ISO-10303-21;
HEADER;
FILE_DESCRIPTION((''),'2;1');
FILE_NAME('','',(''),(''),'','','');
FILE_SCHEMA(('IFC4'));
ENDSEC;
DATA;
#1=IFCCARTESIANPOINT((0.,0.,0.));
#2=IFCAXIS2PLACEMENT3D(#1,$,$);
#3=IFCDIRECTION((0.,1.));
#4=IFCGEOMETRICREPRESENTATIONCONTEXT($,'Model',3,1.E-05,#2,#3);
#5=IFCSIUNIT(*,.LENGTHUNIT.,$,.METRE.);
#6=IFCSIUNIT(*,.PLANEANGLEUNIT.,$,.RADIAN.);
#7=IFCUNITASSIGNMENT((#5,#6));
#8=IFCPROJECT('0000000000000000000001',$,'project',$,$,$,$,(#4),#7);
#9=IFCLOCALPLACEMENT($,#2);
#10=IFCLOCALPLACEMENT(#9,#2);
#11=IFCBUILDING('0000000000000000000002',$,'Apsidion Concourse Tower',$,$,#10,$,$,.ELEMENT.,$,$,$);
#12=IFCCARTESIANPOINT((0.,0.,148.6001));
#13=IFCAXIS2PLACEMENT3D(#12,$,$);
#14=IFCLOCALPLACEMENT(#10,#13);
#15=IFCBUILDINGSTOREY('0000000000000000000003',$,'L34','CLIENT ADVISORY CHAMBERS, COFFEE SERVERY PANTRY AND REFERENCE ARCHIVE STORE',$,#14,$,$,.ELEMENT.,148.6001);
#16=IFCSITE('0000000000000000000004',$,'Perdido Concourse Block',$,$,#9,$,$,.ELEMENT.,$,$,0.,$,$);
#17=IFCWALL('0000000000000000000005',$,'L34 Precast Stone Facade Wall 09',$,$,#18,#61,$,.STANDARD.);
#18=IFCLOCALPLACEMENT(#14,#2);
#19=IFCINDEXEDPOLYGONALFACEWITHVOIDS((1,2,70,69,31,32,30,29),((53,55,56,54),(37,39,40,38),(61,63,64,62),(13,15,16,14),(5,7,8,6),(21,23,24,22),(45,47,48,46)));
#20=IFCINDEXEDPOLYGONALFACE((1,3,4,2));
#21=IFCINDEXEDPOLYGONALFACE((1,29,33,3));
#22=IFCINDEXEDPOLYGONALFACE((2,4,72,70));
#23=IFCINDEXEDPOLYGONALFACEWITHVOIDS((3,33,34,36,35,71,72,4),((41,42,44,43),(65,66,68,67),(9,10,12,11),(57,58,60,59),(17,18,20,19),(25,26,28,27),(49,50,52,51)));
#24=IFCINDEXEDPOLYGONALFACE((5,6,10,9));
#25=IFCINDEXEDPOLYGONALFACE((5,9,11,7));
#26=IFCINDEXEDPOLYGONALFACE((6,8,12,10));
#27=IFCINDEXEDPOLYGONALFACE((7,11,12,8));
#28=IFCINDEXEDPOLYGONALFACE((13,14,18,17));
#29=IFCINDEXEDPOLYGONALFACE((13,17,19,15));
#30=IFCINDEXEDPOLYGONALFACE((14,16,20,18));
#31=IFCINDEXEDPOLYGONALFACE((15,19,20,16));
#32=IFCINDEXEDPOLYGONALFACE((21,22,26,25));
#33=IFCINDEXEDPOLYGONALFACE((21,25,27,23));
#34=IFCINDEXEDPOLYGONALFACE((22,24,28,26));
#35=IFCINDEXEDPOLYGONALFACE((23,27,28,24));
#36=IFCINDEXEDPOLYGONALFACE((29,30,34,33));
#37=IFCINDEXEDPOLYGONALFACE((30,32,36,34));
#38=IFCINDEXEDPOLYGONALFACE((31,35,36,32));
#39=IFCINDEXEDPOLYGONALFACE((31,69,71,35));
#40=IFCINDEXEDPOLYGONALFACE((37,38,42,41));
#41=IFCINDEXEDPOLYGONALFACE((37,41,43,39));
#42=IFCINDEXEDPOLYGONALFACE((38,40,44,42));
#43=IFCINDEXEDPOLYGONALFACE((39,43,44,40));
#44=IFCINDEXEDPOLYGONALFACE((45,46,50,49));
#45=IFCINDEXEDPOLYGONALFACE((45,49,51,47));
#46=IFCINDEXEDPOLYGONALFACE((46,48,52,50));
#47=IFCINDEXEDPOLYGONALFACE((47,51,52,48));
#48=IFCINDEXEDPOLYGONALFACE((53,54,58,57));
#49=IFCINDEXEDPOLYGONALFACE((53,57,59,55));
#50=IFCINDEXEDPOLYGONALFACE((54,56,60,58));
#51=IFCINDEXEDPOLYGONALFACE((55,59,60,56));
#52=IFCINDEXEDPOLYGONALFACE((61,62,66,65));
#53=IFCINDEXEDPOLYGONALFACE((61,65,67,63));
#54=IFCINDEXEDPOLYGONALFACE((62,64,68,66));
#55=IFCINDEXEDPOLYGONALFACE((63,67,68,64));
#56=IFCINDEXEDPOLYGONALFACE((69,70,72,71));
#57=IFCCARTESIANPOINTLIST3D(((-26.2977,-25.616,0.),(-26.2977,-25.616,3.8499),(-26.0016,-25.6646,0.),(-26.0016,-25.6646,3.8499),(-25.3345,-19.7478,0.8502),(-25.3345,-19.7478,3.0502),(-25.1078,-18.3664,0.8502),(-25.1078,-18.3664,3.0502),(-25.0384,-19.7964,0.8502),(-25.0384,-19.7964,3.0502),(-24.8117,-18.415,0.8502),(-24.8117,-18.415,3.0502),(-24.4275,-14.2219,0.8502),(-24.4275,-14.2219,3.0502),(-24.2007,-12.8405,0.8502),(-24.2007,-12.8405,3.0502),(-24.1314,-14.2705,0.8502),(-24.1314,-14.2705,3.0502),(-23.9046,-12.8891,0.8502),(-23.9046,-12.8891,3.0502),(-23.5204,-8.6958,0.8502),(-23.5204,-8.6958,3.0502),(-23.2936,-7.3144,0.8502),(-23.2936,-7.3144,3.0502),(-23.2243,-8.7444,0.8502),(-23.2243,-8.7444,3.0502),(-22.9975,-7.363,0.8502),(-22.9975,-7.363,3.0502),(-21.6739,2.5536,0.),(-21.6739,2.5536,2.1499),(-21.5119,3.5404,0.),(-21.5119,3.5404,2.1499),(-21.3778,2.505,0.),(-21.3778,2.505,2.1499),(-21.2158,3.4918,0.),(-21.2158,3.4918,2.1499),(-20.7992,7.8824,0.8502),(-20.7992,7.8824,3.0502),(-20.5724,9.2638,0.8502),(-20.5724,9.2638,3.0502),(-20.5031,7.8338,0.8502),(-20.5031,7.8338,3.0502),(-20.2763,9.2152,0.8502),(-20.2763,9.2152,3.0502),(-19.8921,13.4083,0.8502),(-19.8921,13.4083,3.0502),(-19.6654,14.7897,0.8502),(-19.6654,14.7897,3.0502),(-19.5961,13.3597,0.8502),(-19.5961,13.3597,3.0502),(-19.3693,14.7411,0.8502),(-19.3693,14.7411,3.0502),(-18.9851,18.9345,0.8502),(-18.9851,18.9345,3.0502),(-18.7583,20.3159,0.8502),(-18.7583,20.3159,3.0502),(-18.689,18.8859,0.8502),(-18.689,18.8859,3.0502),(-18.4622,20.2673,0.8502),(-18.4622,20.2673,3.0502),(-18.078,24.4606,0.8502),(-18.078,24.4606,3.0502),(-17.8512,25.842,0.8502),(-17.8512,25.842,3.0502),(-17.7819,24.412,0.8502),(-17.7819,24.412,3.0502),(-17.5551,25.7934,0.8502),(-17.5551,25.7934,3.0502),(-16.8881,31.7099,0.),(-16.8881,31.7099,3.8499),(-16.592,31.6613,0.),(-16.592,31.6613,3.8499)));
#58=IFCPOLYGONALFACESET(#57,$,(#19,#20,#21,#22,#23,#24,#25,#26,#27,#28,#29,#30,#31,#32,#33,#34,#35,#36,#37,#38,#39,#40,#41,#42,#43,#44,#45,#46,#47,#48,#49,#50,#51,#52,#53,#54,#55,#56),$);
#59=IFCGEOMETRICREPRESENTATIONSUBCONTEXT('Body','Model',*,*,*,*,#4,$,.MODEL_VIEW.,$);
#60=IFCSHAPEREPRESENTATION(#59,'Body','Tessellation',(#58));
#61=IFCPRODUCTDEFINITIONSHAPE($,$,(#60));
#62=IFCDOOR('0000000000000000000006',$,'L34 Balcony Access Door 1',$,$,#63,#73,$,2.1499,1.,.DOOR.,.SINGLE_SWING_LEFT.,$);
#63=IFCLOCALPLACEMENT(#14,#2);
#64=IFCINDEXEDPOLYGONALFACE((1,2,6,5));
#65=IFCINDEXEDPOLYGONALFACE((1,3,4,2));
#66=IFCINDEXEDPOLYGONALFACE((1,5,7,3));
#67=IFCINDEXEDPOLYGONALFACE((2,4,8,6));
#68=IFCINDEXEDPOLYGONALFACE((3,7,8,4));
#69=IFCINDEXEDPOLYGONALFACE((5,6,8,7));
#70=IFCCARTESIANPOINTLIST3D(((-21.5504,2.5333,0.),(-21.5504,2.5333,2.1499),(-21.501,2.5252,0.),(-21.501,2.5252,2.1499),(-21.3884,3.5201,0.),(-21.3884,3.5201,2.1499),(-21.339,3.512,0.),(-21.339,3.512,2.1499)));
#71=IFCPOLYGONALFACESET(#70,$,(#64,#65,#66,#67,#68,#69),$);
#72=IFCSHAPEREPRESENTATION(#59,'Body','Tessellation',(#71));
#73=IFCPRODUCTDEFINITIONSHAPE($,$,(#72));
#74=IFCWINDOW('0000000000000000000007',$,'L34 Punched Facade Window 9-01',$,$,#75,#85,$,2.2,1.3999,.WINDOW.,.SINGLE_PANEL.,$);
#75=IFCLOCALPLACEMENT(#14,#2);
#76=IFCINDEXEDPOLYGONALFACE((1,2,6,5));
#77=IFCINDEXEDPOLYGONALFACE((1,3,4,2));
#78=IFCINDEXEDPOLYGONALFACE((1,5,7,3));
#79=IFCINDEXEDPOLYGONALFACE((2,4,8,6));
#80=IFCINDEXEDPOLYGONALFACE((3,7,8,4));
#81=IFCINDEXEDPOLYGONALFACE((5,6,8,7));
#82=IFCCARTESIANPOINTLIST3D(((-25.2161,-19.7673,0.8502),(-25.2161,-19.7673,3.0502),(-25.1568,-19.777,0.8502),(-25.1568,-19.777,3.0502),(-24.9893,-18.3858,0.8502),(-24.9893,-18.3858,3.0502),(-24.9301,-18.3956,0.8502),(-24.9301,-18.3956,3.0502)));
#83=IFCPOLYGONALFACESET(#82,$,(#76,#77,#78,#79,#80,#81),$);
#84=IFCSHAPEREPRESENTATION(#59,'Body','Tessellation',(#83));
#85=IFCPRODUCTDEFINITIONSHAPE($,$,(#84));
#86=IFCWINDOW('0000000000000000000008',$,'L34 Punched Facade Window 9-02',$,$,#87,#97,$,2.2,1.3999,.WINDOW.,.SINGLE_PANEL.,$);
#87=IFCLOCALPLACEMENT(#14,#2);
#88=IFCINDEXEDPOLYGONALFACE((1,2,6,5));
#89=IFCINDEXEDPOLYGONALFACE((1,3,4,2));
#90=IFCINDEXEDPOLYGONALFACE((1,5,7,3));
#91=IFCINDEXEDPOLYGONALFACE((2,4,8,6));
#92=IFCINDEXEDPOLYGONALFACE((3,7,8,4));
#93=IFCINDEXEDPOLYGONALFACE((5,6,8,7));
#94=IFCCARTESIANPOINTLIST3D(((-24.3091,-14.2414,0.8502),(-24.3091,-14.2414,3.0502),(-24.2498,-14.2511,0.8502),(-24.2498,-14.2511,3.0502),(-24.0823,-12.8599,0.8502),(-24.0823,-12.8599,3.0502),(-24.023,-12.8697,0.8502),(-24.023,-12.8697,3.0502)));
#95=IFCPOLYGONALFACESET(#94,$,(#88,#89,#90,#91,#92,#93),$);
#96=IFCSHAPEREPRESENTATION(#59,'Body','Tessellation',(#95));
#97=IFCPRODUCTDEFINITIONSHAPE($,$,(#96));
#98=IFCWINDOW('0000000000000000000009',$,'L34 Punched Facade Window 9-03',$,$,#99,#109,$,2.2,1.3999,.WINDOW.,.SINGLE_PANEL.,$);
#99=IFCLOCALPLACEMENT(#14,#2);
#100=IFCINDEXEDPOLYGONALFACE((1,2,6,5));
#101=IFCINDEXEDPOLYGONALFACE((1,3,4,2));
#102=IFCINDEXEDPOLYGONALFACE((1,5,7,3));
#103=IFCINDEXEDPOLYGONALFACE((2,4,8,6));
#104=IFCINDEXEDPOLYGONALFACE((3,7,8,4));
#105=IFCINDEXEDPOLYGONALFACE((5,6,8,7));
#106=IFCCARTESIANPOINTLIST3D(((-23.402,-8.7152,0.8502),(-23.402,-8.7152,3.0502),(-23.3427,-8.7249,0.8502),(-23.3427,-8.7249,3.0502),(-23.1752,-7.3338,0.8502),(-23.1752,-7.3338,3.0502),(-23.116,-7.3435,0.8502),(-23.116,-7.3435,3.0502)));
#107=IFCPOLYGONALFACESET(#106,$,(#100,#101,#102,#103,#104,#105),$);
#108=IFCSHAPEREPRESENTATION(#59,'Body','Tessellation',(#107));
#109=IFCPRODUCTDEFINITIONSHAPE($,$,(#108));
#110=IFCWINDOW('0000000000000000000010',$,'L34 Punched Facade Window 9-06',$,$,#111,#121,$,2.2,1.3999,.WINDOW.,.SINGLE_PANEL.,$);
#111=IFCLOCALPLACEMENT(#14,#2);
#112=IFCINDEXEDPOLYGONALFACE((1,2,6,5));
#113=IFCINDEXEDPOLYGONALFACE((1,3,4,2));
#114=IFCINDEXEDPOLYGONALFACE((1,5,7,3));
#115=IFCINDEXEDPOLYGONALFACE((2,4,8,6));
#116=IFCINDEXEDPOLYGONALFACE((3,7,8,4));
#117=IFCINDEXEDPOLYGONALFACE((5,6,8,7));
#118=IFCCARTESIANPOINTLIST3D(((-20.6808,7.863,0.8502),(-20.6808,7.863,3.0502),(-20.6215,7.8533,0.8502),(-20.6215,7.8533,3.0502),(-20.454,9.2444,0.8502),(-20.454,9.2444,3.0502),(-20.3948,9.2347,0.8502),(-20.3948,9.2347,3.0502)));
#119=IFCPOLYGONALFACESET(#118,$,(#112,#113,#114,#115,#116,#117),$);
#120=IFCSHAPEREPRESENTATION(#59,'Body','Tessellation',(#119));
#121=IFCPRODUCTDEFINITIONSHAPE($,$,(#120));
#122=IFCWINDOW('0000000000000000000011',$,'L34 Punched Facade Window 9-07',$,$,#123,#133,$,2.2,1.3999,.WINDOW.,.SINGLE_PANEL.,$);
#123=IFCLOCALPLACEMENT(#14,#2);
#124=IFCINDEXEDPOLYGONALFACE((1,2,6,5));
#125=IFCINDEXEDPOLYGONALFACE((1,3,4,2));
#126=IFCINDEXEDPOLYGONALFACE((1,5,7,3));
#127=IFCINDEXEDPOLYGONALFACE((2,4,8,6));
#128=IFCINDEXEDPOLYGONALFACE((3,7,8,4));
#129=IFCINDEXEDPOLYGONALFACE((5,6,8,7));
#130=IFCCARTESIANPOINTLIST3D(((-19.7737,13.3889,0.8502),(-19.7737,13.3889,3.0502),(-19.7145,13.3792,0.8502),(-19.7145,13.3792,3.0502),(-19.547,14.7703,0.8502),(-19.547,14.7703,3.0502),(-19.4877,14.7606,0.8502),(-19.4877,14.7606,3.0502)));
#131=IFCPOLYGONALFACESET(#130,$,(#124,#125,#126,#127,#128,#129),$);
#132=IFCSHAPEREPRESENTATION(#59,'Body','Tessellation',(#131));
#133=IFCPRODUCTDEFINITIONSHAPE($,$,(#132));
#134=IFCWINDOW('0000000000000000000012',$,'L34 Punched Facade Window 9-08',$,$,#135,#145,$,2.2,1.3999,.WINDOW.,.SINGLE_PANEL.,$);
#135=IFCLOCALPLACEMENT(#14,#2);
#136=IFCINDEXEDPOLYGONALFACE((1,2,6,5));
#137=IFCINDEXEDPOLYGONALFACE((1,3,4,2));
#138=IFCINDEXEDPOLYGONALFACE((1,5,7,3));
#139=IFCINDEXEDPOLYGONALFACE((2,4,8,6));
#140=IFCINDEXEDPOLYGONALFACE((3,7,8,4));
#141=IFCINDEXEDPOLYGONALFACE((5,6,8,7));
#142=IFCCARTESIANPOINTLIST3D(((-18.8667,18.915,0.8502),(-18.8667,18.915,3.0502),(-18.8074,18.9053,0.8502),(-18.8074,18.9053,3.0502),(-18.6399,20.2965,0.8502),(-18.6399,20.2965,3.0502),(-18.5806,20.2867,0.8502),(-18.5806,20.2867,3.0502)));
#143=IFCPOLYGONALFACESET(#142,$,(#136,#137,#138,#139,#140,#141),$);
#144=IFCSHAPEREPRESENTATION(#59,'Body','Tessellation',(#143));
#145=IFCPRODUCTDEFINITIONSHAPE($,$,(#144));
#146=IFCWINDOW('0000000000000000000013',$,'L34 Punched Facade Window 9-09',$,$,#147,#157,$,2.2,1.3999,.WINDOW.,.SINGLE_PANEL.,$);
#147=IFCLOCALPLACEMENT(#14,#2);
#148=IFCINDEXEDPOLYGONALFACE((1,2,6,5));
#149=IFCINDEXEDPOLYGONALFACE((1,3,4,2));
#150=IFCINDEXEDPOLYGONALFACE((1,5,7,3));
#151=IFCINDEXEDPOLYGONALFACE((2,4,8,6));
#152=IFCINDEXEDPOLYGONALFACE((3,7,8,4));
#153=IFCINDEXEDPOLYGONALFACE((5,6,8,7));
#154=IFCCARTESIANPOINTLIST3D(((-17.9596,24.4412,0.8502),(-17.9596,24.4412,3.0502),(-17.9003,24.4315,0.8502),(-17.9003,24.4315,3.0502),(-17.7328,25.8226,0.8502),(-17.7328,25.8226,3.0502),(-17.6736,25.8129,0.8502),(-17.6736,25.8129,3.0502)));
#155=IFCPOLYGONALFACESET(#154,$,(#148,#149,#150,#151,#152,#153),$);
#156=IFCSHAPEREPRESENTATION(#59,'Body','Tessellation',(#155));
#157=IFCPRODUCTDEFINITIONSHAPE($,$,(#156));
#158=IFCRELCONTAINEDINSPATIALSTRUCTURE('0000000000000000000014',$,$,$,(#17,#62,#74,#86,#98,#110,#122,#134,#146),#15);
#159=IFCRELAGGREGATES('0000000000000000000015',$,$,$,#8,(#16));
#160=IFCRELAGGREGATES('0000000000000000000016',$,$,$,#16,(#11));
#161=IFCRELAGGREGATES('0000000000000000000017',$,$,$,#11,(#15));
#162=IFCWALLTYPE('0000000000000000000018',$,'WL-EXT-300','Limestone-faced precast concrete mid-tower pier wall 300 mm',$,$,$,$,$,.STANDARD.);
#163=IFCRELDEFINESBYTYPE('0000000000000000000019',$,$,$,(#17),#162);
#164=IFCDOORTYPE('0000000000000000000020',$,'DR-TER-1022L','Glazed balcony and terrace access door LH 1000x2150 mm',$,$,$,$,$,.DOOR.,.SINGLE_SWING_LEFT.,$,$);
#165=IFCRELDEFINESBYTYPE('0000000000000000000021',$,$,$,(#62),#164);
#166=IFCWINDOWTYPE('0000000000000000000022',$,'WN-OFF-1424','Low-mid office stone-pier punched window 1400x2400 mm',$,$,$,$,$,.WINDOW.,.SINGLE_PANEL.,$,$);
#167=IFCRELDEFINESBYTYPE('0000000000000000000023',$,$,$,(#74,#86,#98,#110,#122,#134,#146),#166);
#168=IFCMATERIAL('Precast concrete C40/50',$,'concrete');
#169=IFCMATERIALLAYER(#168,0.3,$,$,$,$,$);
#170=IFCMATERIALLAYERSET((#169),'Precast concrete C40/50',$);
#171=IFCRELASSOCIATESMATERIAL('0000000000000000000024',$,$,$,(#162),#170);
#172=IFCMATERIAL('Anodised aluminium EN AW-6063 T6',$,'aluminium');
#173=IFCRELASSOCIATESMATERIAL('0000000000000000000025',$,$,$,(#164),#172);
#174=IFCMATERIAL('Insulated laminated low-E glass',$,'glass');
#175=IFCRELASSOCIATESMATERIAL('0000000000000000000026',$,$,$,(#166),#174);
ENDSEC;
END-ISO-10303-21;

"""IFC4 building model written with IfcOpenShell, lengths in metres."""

from ifc_helpers import new_model, si_unit, direction, frame, frame_2d, origin, place, context, subcontext, project, spatial, rectangle, extrude, material, layer, layer_set, type_object, element, fill, save


model = new_model("IFC4")

# Units and contexts
model_context = context("Model", 3, precision=1e-05, world=origin(), true_north=direction((0.0, 1.0)))
body_context = subcontext(model_context, "Body", "Model", "MODEL_VIEW")
ifc_project = project(units=[si_unit("LENGTHUNIT", "METRE"), si_unit("PLANEANGLEUNIT", "RADIAN")], contexts=[model_context])

# Site, building, storey
site_placement = place(None, origin())
site = spatial("IfcSite", under=ifc_project, at=site_placement, Name="Perdido Concourse Block", CompositionType="ELEMENT", RefElevation=0.0)
building_placement = place(site_placement, origin())
building = spatial("IfcBuilding", under=site, at=building_placement, Name="Apsidion Concourse Tower", CompositionType="ELEMENT")
storey_placement = place(building_placement, frame((0.0, 0.0, 148.6001)))
storey = spatial("IfcBuildingStorey", under=building, at=storey_placement, Name="L34", Description="CLIENT ADVISORY CHAMBERS, COFFEE SERVERY PANTRY AND REFERENCE ARCHIVE STORE", CompositionType="ELEMENT", Elevation=148.6001)

# Shared definitions
ifc_material_1 = material(Name="Precast concrete C40/50", Category="concrete")
ifc_layer_1 = layer(ifc_material_1, 0.3)
ifc_layer_set_1 = layer_set([ifc_layer_1], Name="Precast concrete C40/50")
wall_type_1 = type_object("IfcWallType", Name="WL-EXT-300", Description="Limestone-faced precast concrete mid-tower pier wall 300 mm", PredefinedType="STANDARD", material=ifc_layer_set_1)

# Wall, openings, door, windows
wall_1_placement = place(storey_placement, frame((-26.1497, -25.6401, 0.0), z_axis=(0.0, 0.0, 1.0), x_axis=(0.161976, 0.986795, 0.0)))
wall_1 = element("IfcWall", 1, at=wall_1_placement, inside=storey, type_object=wall_type_1, Name="L34 Precast Stone Facade Wall 09", PredefinedType="STANDARD", context=body_context, shape_type="SweptSolid", body=[
    extrude(rectangle(XDim=58.093, YDim=0.3, at=frame_2d((29.0464, 0.0))), origin(), (0.0, 0.0, 1.0), 3.8499),
])
opening_1_placement = place(wall_1_placement, frame((28.5464, 0.0, 0.0)))
opening_1 = element("IfcOpeningElement", 2, at=opening_1_placement, cuts=wall_1, PredefinedType="OPENING", context=body_context, shape_type="SweptSolid", body=[
    extrude(rectangle(XDim=1.0, YDim=2.1499, at=frame_2d((0.5, 1.075))), frame((0.0, 0.1602, 0.0), z_axis=(0.0, -1.0, 0.0), x_axis=(1.0, 0.0, 0.0)), (0.0, 0.0, 1.0), 0.3201),
])
opening_2_placement = place(wall_1_placement, frame((5.9465, 0.0, 0.8501)))
opening_2 = element("IfcOpeningElement", 3, at=opening_2_placement, cuts=wall_1, PredefinedType="OPENING", context=body_context, shape_type="SweptSolid", body=[
    extrude(rectangle(XDim=1.3999, YDim=2.2, at=frame_2d((0.7, 1.1001))), frame((0.0, 0.1602, 0.0), z_axis=(0.0, -1.0, 0.0), x_axis=(1.0, 0.0, 0.0)), (0.0, 0.0, 1.0), 0.3201),
])
opening_3_placement = place(wall_1_placement, frame((11.5464, 0.0, 0.8501)))
opening_3 = element("IfcOpeningElement", 4, at=opening_3_placement, cuts=wall_1, PredefinedType="OPENING", context=body_context, shape_type="SweptSolid", body=[
    extrude(rectangle(XDim=1.3999, YDim=2.2, at=frame_2d((0.7, 1.1001))), frame((0.0, 0.1602, 0.0), z_axis=(0.0, -1.0, 0.0), x_axis=(1.0, 0.0, 0.0)), (0.0, 0.0, 1.0), 0.3201),
])
opening_4_placement = place(wall_1_placement, frame((17.1465, 0.0, 0.8501)))
opening_4 = element("IfcOpeningElement", 5, at=opening_4_placement, cuts=wall_1, PredefinedType="OPENING", context=body_context, shape_type="SweptSolid", body=[
    extrude(rectangle(XDim=1.3999, YDim=2.2, at=frame_2d((0.7, 1.1001))), frame((0.0, 0.1602, 0.0), z_axis=(0.0, -1.0, 0.0), x_axis=(1.0, 0.0, 0.0)), (0.0, 0.0, 1.0), 0.3201),
])
opening_5_placement = place(wall_1_placement, frame((33.9465, 0.0, 0.8501)))
opening_5 = element("IfcOpeningElement", 6, at=opening_5_placement, cuts=wall_1, PredefinedType="OPENING", context=body_context, shape_type="SweptSolid", body=[
    extrude(rectangle(XDim=1.3999, YDim=2.2, at=frame_2d((0.7, 1.1001))), frame((0.0, 0.1602, 0.0), z_axis=(0.0, -1.0, 0.0), x_axis=(1.0, 0.0, 0.0)), (0.0, 0.0, 1.0), 0.3201),
])
opening_6_placement = place(wall_1_placement, frame((39.5464, 0.0, 0.8501)))
opening_6 = element("IfcOpeningElement", 7, at=opening_6_placement, cuts=wall_1, PredefinedType="OPENING", context=body_context, shape_type="SweptSolid", body=[
    extrude(rectangle(XDim=1.3999, YDim=2.2, at=frame_2d((0.7, 1.1001))), frame((0.0, 0.1602, 0.0), z_axis=(0.0, -1.0, 0.0), x_axis=(1.0, 0.0, 0.0)), (0.0, 0.0, 1.0), 0.3201),
])
opening_7_placement = place(wall_1_placement, frame((45.1465, 0.0, 0.8501)))
opening_7 = element("IfcOpeningElement", 8, at=opening_7_placement, cuts=wall_1, PredefinedType="OPENING", context=body_context, shape_type="SweptSolid", body=[
    extrude(rectangle(XDim=1.3999, YDim=2.2, at=frame_2d((0.7, 1.1001))), frame((0.0, 0.1602, 0.0), z_axis=(0.0, -1.0, 0.0), x_axis=(1.0, 0.0, 0.0)), (0.0, 0.0, 1.0), 0.3201),
])
opening_8_placement = place(wall_1_placement, frame((50.7466, 0.0, 0.8501)))
opening_8 = element("IfcOpeningElement", 9, at=opening_8_placement, cuts=wall_1, PredefinedType="OPENING", context=body_context, shape_type="SweptSolid", body=[
    extrude(rectangle(XDim=1.3999, YDim=2.2, at=frame_2d((0.7, 1.1001))), frame((0.0, 0.1602, 0.0), z_axis=(0.0, -1.0, 0.0), x_axis=(1.0, 0.0, 0.0)), (0.0, 0.0, 1.0), 0.3201),
])
ifc_material_2 = material(Name="Anodised aluminium EN AW-6063 T6", Category="aluminium")
door_type_1 = type_object("IfcDoorType", Name="DR-TER-1022L", Description="Glazed balcony and terrace access door LH 1000x2150 mm", OperationType="SINGLE_SWING_LEFT", PredefinedType="DOOR", material=ifc_material_2)
door_1_placement = place(opening_1_placement, origin())
door_1 = element("IfcDoor", 10, at=door_1_placement, inside=storey, type_object=door_type_1, Name="L34 Balcony Access Door 1", OperationType="SINGLE_SWING_LEFT", OverallHeight=2.1499, OverallWidth=1.0, PredefinedType="DOOR", context=body_context, shape_type="SweptSolid", body=[
    extrude(rectangle(XDim=1.0, YDim=2.1499, at=frame_2d((0.5, 1.075))), frame((0.0, 0.0249, 0.0), z_axis=(0.0, -1.0, 0.0), x_axis=(1.0, 0.0, 0.0)), (0.0, 0.0, 1.0), 0.05),
])
fill(opening_1, door_1)
ifc_material_3 = material(Name="Insulated laminated low-E glass", Category="glass")
window_type = type_object("IfcWindowType", Name="WN-OFF-1424", Description="Low-mid office stone-pier punched window 1400x2400 mm", PartitioningType="SINGLE_PANEL", PredefinedType="WINDOW", material=ifc_material_3)
window_1_placement = place(opening_2_placement, origin())
window_1 = element("IfcWindow", 11, at=window_1_placement, inside=storey, type_object=window_type, Name="L34 Punched Facade Window 9-01", OverallHeight=2.2, OverallWidth=1.3999, PartitioningType="SINGLE_PANEL", PredefinedType="WINDOW", context=body_context, shape_type="SweptSolid", body=[
    extrude(rectangle(XDim=1.3999, YDim=2.2, at=frame_2d((0.7, 1.1001))), frame((0.0, 0.03, 0.0), z_axis=(0.0, -1.0, 0.0), x_axis=(1.0, 0.0, 0.0)), (0.0, 0.0, 1.0), 0.0601),
])
fill(opening_2, window_1)
window_2_placement = place(opening_3_placement, origin())
window_2 = element("IfcWindow", 12, at=window_2_placement, inside=storey, type_object=window_type, Name="L34 Punched Facade Window 9-02", OverallHeight=2.2, OverallWidth=1.3999, PartitioningType="SINGLE_PANEL", PredefinedType="WINDOW", context=body_context, shape_type="SweptSolid", body=[
    extrude(rectangle(XDim=1.3999, YDim=2.2, at=frame_2d((0.7, 1.1001))), frame((0.0, 0.03, 0.0), z_axis=(0.0, -1.0, 0.0), x_axis=(1.0, 0.0, 0.0)), (0.0, 0.0, 1.0), 0.0601),
])
fill(opening_3, window_2)
window_3_placement = place(opening_4_placement, origin())
window_3 = element("IfcWindow", 13, at=window_3_placement, inside=storey, type_object=window_type, Name="L34 Punched Facade Window 9-03", OverallHeight=2.2, OverallWidth=1.3999, PartitioningType="SINGLE_PANEL", PredefinedType="WINDOW", context=body_context, shape_type="SweptSolid", body=[
    extrude(rectangle(XDim=1.3999, YDim=2.2, at=frame_2d((0.7, 1.1001))), frame((0.0, 0.03, 0.0), z_axis=(0.0, -1.0, 0.0), x_axis=(1.0, 0.0, 0.0)), (0.0, 0.0, 1.0), 0.0601),
])
fill(opening_4, window_3)
window_4_placement = place(opening_5_placement, origin())
window_4 = element("IfcWindow", 14, at=window_4_placement, inside=storey, type_object=window_type, Name="L34 Punched Facade Window 9-06", OverallHeight=2.2, OverallWidth=1.3999, PartitioningType="SINGLE_PANEL", PredefinedType="WINDOW", context=body_context, shape_type="SweptSolid", body=[
    extrude(rectangle(XDim=1.3999, YDim=2.2, at=frame_2d((0.7, 1.1001))), frame((0.0, 0.03, 0.0), z_axis=(0.0, -1.0, 0.0), x_axis=(1.0, 0.0, 0.0)), (0.0, 0.0, 1.0), 0.0601),
])
fill(opening_5, window_4)
window_5_placement = place(opening_6_placement, origin())
window_5 = element("IfcWindow", 15, at=window_5_placement, inside=storey, type_object=window_type, Name="L34 Punched Facade Window 9-07", OverallHeight=2.2, OverallWidth=1.3999, PartitioningType="SINGLE_PANEL", PredefinedType="WINDOW", context=body_context, shape_type="SweptSolid", body=[
    extrude(rectangle(XDim=1.3999, YDim=2.2, at=frame_2d((0.7, 1.1001))), frame((0.0, 0.03, 0.0), z_axis=(0.0, -1.0, 0.0), x_axis=(1.0, 0.0, 0.0)), (0.0, 0.0, 1.0), 0.0601),
])
fill(opening_6, window_5)
window_6_placement = place(opening_7_placement, origin())
window_6 = element("IfcWindow", 16, at=window_6_placement, inside=storey, type_object=window_type, Name="L34 Punched Facade Window 9-08", OverallHeight=2.2, OverallWidth=1.3999, PartitioningType="SINGLE_PANEL", PredefinedType="WINDOW", context=body_context, shape_type="SweptSolid", body=[
    extrude(rectangle(XDim=1.3999, YDim=2.2, at=frame_2d((0.7, 1.1001))), frame((0.0, 0.03, 0.0), z_axis=(0.0, -1.0, 0.0), x_axis=(1.0, 0.0, 0.0)), (0.0, 0.0, 1.0), 0.0601),
])
fill(opening_7, window_6)
window_7_placement = place(opening_8_placement, origin())
window_7 = element("IfcWindow", 17, at=window_7_placement, inside=storey, type_object=window_type, Name="L34 Punched Facade Window 9-09", OverallHeight=2.2, OverallWidth=1.3999, PartitioningType="SINGLE_PANEL", PredefinedType="WINDOW", context=body_context, shape_type="SweptSolid", body=[
    extrude(rectangle(XDim=1.3999, YDim=2.2, at=frame_2d((0.7, 1.1001))), frame((0.0, 0.03, 0.0), z_axis=(0.0, -1.0, 0.0), x_axis=(1.0, 0.0, 0.0)), (0.0, 0.0, 1.0), 0.0601),
])
fill(opening_8, window_7)

save(model, "model.ifc")
